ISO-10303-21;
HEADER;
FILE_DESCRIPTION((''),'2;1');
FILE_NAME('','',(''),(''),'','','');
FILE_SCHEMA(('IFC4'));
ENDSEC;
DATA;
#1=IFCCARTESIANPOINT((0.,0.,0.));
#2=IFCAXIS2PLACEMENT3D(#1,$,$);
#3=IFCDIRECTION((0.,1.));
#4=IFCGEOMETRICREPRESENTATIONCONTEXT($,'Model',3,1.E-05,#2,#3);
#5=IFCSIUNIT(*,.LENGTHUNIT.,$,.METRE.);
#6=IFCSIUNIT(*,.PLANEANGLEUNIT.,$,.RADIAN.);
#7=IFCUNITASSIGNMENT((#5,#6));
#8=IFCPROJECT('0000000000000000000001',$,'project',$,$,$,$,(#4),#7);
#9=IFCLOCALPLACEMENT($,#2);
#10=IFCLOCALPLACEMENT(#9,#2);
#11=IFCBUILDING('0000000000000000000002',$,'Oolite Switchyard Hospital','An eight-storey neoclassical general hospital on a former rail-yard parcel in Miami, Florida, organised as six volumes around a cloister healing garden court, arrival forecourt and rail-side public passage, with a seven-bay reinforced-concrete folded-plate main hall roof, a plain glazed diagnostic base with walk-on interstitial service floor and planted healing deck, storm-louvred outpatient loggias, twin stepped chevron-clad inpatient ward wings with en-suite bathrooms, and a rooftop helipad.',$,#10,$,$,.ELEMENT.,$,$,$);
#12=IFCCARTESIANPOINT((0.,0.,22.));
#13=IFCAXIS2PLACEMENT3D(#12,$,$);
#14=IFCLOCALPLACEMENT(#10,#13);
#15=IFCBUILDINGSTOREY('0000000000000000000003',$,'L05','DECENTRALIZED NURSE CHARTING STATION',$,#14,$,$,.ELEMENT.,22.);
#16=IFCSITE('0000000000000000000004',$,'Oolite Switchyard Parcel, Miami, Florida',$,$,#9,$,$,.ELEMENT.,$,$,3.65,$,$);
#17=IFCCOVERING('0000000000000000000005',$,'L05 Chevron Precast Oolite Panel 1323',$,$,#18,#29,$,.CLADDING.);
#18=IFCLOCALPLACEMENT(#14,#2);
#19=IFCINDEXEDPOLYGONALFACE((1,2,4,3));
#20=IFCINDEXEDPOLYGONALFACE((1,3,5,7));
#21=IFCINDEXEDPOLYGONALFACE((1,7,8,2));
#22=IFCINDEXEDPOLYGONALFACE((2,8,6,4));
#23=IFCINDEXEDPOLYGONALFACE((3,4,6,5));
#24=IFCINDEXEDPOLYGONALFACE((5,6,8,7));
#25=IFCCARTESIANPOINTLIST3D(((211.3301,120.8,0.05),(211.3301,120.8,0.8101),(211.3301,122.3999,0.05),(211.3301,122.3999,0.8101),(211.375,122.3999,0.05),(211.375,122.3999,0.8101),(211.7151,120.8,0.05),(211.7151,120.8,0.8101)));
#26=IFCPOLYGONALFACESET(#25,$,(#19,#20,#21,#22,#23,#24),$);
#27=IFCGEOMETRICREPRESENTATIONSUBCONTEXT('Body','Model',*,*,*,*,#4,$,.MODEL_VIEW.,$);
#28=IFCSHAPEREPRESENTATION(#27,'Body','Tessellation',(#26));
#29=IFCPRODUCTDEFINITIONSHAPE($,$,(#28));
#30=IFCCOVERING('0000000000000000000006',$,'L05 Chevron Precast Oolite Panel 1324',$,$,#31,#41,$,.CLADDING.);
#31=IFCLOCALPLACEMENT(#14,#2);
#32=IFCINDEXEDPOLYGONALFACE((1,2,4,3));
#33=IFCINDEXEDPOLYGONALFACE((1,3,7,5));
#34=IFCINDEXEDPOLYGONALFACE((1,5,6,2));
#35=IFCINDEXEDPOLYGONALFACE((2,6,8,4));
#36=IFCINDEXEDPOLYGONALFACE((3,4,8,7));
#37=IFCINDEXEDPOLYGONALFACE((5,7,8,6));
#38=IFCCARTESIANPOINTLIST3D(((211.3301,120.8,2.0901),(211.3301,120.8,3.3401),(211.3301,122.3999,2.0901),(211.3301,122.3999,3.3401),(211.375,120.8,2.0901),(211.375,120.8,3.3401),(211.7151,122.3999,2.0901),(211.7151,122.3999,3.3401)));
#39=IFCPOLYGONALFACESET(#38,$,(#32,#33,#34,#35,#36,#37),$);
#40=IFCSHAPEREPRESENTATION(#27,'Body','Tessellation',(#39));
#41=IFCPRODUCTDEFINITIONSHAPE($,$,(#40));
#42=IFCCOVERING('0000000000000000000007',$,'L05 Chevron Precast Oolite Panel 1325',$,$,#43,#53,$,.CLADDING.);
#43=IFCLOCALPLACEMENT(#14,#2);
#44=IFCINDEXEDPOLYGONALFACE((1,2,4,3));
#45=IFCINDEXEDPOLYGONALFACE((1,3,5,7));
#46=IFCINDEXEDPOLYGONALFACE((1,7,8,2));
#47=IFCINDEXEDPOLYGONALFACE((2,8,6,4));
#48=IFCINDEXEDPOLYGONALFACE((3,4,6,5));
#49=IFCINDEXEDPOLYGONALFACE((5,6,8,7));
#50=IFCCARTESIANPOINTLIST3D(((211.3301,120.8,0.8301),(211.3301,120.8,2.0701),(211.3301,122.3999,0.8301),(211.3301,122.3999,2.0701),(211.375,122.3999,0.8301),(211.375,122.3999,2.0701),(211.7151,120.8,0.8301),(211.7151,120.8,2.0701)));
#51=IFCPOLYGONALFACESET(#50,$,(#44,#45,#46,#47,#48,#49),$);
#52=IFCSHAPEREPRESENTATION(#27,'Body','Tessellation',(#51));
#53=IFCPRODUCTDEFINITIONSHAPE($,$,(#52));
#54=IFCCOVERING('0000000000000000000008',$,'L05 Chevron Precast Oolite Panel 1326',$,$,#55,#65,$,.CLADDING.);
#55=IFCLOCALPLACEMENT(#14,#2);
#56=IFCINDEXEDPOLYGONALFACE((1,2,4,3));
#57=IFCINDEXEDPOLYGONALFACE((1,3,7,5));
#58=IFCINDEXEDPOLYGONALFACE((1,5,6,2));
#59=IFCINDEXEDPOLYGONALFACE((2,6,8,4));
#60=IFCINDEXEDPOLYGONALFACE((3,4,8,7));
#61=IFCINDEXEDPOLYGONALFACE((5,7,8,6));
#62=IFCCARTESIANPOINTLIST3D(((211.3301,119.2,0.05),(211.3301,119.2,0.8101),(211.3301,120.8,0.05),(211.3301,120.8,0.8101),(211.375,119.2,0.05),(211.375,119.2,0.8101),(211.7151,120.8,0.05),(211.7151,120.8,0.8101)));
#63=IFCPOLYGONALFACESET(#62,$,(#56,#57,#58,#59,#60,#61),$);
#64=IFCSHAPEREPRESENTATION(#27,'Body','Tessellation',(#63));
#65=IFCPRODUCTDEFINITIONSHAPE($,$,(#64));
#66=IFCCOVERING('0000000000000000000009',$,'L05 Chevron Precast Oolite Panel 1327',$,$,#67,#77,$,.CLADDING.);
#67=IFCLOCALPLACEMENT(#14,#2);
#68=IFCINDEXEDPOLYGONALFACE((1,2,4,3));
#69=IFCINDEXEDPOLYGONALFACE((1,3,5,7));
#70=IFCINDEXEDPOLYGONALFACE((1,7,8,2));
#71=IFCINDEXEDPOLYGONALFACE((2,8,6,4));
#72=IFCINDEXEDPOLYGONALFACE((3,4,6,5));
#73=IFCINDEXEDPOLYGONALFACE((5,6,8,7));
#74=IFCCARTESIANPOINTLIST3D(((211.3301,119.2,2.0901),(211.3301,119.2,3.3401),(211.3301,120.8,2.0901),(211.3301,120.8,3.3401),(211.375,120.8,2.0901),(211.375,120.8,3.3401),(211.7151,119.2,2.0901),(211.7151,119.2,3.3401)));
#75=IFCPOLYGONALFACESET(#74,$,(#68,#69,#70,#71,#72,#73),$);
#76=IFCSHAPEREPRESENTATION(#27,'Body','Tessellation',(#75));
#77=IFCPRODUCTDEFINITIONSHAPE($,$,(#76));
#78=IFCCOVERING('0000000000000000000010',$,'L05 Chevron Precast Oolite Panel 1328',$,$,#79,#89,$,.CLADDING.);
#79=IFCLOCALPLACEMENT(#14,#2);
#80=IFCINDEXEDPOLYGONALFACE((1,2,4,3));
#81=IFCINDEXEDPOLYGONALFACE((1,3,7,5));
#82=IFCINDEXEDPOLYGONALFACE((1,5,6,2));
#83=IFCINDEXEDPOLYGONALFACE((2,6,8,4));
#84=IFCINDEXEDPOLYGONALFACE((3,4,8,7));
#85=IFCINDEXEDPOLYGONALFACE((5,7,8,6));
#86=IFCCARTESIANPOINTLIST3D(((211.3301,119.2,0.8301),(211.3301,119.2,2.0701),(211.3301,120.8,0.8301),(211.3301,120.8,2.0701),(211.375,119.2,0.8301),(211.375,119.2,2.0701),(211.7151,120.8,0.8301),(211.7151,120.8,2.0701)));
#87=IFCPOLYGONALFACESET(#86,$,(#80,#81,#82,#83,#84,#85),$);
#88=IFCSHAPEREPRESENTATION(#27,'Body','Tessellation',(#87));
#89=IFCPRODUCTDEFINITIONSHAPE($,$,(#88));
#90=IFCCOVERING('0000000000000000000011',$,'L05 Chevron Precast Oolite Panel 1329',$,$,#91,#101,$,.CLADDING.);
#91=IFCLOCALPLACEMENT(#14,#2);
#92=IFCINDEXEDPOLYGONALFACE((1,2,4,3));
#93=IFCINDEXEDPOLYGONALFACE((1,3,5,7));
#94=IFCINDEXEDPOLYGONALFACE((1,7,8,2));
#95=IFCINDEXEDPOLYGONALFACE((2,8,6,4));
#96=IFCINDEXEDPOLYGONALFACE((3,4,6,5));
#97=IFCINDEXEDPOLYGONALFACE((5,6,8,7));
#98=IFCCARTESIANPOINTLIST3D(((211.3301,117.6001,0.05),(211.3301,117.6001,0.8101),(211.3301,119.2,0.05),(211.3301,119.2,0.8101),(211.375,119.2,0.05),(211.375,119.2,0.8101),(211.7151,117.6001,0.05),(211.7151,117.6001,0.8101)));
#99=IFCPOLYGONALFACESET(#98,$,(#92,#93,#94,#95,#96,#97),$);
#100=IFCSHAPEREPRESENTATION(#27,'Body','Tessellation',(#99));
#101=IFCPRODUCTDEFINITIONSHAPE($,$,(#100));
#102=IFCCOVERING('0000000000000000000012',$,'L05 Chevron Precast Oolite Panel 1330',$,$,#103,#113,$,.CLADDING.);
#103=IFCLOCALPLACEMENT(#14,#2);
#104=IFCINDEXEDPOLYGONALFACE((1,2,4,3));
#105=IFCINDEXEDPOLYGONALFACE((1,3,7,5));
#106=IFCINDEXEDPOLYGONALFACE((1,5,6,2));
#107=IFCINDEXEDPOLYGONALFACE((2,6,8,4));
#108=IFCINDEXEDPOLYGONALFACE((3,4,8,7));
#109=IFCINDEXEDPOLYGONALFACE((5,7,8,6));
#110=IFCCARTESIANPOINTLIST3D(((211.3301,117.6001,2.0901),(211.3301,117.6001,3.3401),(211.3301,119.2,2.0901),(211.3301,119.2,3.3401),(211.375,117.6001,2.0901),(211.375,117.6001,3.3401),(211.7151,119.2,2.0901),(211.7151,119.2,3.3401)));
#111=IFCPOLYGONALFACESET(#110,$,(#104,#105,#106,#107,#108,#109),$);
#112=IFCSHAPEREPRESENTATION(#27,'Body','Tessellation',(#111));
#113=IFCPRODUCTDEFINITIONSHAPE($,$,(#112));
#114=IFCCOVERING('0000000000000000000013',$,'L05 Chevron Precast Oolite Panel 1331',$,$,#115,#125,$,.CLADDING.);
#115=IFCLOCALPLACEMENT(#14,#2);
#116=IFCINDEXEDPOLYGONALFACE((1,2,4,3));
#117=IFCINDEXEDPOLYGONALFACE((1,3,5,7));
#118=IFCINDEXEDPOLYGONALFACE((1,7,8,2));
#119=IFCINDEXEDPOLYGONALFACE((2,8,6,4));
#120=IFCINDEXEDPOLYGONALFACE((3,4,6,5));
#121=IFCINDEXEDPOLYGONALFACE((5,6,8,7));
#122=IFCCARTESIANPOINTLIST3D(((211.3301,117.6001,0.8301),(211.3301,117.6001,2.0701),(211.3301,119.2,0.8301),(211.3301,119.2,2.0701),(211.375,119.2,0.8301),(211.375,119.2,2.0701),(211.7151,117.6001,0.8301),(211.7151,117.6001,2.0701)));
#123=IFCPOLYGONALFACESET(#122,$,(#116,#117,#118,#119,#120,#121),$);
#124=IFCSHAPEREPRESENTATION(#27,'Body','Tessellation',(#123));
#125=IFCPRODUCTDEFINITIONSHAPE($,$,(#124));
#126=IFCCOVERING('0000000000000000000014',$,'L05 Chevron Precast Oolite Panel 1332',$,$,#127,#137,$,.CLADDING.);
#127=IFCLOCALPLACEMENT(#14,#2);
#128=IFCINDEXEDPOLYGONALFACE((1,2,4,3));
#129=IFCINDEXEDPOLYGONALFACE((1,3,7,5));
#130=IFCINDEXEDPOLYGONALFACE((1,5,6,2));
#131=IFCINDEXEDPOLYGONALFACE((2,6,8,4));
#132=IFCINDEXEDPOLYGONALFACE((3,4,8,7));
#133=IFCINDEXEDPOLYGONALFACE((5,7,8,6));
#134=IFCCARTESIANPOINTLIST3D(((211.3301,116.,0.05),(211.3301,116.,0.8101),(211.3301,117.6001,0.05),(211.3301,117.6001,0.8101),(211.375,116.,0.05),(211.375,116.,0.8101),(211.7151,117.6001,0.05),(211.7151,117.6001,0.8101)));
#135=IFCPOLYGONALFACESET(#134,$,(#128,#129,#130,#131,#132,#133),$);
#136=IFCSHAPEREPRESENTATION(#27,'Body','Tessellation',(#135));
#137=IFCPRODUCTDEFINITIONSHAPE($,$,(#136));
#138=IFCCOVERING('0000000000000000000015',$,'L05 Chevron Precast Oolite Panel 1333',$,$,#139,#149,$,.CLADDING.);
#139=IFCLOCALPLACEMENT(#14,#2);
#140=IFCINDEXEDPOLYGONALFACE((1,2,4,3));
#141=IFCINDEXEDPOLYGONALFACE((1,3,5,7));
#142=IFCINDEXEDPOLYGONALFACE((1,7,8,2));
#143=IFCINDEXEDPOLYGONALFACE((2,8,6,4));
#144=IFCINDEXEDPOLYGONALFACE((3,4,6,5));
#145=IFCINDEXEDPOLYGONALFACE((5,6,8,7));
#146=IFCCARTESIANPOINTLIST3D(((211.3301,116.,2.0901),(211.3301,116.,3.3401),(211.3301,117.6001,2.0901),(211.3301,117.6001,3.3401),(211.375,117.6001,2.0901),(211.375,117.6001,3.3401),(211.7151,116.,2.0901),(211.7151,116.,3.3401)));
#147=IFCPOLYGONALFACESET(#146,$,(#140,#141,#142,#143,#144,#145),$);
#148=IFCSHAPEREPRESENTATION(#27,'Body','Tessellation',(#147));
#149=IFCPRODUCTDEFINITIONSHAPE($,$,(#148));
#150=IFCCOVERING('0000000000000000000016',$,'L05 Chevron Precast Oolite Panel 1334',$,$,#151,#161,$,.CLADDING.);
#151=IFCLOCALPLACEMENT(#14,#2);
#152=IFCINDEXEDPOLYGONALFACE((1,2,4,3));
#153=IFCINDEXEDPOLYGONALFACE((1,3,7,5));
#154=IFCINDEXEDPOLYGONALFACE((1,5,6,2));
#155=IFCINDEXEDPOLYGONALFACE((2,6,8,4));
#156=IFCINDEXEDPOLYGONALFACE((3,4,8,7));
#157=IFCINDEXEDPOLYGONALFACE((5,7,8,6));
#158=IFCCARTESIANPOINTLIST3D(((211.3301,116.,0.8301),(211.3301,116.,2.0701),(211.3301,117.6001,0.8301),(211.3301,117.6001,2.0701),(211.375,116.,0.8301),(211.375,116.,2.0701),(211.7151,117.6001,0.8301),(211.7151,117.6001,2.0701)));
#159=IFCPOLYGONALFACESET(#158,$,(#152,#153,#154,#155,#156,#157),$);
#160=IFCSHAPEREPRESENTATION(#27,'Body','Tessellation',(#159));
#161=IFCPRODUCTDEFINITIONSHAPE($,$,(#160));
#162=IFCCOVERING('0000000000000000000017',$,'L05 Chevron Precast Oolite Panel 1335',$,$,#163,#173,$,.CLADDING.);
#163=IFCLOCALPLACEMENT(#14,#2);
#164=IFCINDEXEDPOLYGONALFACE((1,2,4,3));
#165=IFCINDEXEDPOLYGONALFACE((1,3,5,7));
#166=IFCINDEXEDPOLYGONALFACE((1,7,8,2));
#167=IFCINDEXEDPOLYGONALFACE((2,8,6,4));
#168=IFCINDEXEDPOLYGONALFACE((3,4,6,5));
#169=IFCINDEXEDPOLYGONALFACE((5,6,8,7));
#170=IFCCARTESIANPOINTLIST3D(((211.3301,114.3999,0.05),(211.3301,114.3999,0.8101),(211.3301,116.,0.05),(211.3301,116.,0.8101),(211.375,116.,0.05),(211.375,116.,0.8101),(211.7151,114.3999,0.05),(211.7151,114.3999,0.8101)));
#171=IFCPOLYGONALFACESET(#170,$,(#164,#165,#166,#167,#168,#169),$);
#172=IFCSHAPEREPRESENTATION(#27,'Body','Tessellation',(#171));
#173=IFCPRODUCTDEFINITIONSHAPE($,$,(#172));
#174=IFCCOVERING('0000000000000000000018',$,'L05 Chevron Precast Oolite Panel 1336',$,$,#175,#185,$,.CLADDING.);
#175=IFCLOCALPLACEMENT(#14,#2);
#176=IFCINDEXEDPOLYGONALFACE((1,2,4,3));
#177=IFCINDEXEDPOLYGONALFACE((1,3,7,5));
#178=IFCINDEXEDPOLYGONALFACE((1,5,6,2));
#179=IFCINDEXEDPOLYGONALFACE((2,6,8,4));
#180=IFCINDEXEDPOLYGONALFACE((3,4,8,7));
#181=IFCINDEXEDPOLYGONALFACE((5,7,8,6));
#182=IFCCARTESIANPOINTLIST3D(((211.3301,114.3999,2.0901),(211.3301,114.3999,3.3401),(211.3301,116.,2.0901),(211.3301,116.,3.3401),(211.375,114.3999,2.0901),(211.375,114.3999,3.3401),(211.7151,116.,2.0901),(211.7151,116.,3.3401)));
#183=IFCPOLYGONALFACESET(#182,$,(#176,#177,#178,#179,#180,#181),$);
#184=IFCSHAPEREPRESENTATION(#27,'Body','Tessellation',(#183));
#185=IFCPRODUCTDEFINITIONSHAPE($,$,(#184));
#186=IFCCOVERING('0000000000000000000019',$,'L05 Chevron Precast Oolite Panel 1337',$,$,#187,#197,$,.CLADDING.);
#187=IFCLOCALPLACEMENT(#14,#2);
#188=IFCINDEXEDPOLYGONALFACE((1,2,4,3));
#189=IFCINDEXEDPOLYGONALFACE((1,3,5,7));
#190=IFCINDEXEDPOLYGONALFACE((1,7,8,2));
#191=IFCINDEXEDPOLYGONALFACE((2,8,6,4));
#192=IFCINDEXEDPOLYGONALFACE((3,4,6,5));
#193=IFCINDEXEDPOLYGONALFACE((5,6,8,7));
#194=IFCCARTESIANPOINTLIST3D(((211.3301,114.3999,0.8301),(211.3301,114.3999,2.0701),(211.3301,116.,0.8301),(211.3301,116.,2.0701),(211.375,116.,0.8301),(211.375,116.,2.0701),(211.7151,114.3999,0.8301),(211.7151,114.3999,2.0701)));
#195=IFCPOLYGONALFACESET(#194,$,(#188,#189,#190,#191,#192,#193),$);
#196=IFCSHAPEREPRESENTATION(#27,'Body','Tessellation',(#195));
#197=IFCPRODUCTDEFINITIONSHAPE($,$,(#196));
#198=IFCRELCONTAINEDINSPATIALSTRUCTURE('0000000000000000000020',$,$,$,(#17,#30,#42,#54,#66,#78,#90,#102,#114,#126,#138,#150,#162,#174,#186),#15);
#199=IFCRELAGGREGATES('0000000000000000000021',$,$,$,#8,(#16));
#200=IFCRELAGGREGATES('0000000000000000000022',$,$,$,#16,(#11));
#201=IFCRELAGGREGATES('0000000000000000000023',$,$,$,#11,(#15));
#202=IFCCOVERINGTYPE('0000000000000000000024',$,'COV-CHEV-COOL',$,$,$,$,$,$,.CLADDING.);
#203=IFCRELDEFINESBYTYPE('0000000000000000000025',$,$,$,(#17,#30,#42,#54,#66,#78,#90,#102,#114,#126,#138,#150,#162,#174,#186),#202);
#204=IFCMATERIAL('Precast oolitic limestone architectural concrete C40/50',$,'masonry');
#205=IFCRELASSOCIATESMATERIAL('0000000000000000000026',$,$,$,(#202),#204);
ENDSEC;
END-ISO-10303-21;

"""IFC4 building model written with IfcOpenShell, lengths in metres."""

from ifc_helpers import new_model, si_unit, direction, frame, origin, place, context, subcontext, project, spatial, polyline, outline, extrude, material, type_object, element, save


model = new_model("IFC4")

# Units and contexts
model_context = context("Model", 3, precision=1e-05, world=origin(), true_north=direction((0.0, 1.0)))
body_context = subcontext(model_context, "Body", "Model", "MODEL_VIEW")
ifc_project = project(units=[si_unit("LENGTHUNIT", "METRE"), si_unit("PLANEANGLEUNIT", "RADIAN")], contexts=[model_context])

# Site, building, storey
site_placement = place(None, origin())
site = spatial("IfcSite", under=ifc_project, at=site_placement, Name="Oolite Switchyard Parcel, Miami, Florida", CompositionType="ELEMENT", RefElevation=3.65)
building_placement = place(site_placement, origin())
building = spatial("IfcBuilding", under=site, at=building_placement, Name="Oolite Switchyard Hospital", Description="An eight-storey neoclassical general hospital on a former rail-yard parcel in Miami, Florida, organised as six volumes around a cloister healing garden court, arrival forecourt and rail-side public passage, with a seven-bay reinforced-concrete folded-plate main hall roof, a plain glazed diagnostic base with walk-on interstitial service floor and planted healing deck, storm-louvred outpatient loggias, twin stepped chevron-clad inpatient ward wings with en-suite bathrooms, and a rooftop helipad.", CompositionType="ELEMENT")
storey_placement = place(building_placement, frame((0.0, 0.0, 22.0)))
storey = spatial("IfcBuildingStorey", under=building, at=storey_placement, Name="L05", Description="DECENTRALIZED NURSE CHARTING STATION", CompositionType="ELEMENT", Elevation=22.0)

# Coverings
ifc_material = material(Name="Precast oolitic limestone architectural concrete C40/50", Category="masonry")
covering_type = type_object("IfcCoveringType", Name="COV-CHEV-COOL", PredefinedType="CLADDING", material=ifc_material)
covering_1_placement = place(storey_placement, frame((211.3301, 122.3999, 0.05), z_axis=(0.0, 0.0, 1.0), x_axis=(0.0, -1.0, 0.0)))
element("IfcCovering", 1, at=covering_1_placement, inside=storey, type_object=covering_type, Name="L05 Chevron Precast Oolite Panel 1323", PredefinedType="CLADDING", context=body_context, shape_type="SweptSolid", body=[
    extrude(outline(polyline([(0.0, 0.0), (1.5999, 0.0), (1.5999, 0.385), (0.0, 0.0449), (0.0, 0.0)])), origin(), (0.0, 0.0, 1.0), 0.76),
])
covering_2_placement = place(storey_placement, frame((211.3301, 122.3999, 2.0901), z_axis=(0.0, 0.0, 1.0), x_axis=(0.0, -1.0, 0.0)))
element("IfcCovering", 2, at=covering_2_placement, inside=storey, type_object=covering_type, Name="L05 Chevron Precast Oolite Panel 1324", PredefinedType="CLADDING", context=body_context, shape_type="SweptSolid", body=[
    extrude(outline(polyline([(0.0, 0.0), (1.5999, 0.0), (1.5999, 0.0449), (0.0, 0.385), (0.0, 0.0)])), origin(), (0.0, 0.0, 1.0), 1.25),
])
covering_3_placement = place(storey_placement, frame((211.3301, 122.3999, 0.8301), z_axis=(0.0, 0.0, 1.0), x_axis=(0.0, -1.0, 0.0)))
element("IfcCovering", 3, at=covering_3_placement, inside=storey, type_object=covering_type, Name="L05 Chevron Precast Oolite Panel 1325", PredefinedType="CLADDING", context=body_context, shape_type="SweptSolid", body=[
    extrude(outline(polyline([(0.0, 0.0), (1.5999, 0.0), (1.5999, 0.385), (0.0, 0.0449), (0.0, 0.0)])), origin(), (0.0, 0.0, 1.0), 1.24),
])
covering_4_placement = place(storey_placement, frame((211.3301, 120.8, 0.05), z_axis=(0.0, 0.0, 1.0), x_axis=(0.0, -1.0, 0.0)))
element("IfcCovering", 4, at=covering_4_placement, inside=storey, type_object=covering_type, Name="L05 Chevron Precast Oolite Panel 1326", PredefinedType="CLADDING", context=body_context, shape_type="SweptSolid", body=[
    extrude(outline(polyline([(0.0, 0.0), (1.6001, 0.0), (1.6001, 0.0449), (0.0, 0.385), (0.0, 0.0)])), origin(), (0.0, 0.0, 1.0), 0.76),
])
covering_5_placement = place(storey_placement, frame((211.3301, 120.8, 2.0901), z_axis=(0.0, 0.0, 1.0), x_axis=(0.0, -1.0, 0.0)))
element("IfcCovering", 5, at=covering_5_placement, inside=storey, type_object=covering_type, Name="L05 Chevron Precast Oolite Panel 1327", PredefinedType="CLADDING", context=body_context, shape_type="SweptSolid", body=[
    extrude(outline(polyline([(0.0, 0.0), (1.6001, 0.0), (1.6001, 0.385), (0.0, 0.0449), (0.0, 0.0)])), origin(), (0.0, 0.0, 1.0), 1.25),
])
covering_6_placement = place(storey_placement, frame((211.3301, 120.8, 0.8301), z_axis=(0.0, 0.0, 1.0), x_axis=(0.0, -1.0, 0.0)))
element("IfcCovering", 6, at=covering_6_placement, inside=storey, type_object=covering_type, Name="L05 Chevron Precast Oolite Panel 1328", PredefinedType="CLADDING", context=body_context, shape_type="SweptSolid", body=[
    extrude(outline(polyline([(0.0, 0.0), (1.6001, 0.0), (1.6001, 0.0449), (0.0, 0.385), (0.0, 0.0)])), origin(), (0.0, 0.0, 1.0), 1.24),
])
covering_7_placement = place(storey_placement, frame((211.3301, 119.2, 0.05), z_axis=(0.0, 0.0, 1.0), x_axis=(0.0, -1.0, 0.0)))
element("IfcCovering", 7, at=covering_7_placement, inside=storey, type_object=covering_type, Name="L05 Chevron Precast Oolite Panel 1329", PredefinedType="CLADDING", context=body_context, shape_type="SweptSolid", body=[
    extrude(outline(polyline([(0.0, 0.0), (1.5999, 0.0), (1.5999, 0.385), (0.0, 0.0449), (0.0, 0.0)])), origin(), (0.0, 0.0, 1.0), 0.76),
])
covering_8_placement = place(storey_placement, frame((211.3301, 119.2, 2.0901), z_axis=(0.0, 0.0, 1.0), x_axis=(0.0, -1.0, 0.0)))
element("IfcCovering", 8, at=covering_8_placement, inside=storey, type_object=covering_type, Name="L05 Chevron Precast Oolite Panel 1330", PredefinedType="CLADDING", context=body_context, shape_type="SweptSolid", body=[
    extrude(outline(polyline([(0.0, 0.0), (1.5999, 0.0), (1.5999, 0.0449), (0.0, 0.385), (0.0, 0.0)])), origin(), (0.0, 0.0, 1.0), 1.25),
])
covering_9_placement = place(storey_placement, frame((211.3301, 119.2, 0.8301), z_axis=(0.0, 0.0, 1.0), x_axis=(0.0, -1.0, 0.0)))
element("IfcCovering", 9, at=covering_9_placement, inside=storey, type_object=covering_type, Name="L05 Chevron Precast Oolite Panel 1331", PredefinedType="CLADDING", context=body_context, shape_type="SweptSolid", body=[
    extrude(outline(polyline([(0.0, 0.0), (1.5999, 0.0), (1.5999, 0.385), (0.0, 0.0449), (0.0, 0.0)])), origin(), (0.0, 0.0, 1.0), 1.24),
])
covering_10_placement = place(storey_placement, frame((211.3301, 117.6001, 0.05), z_axis=(0.0, 0.0, 1.0), x_axis=(0.0, -1.0, 0.0)))
element("IfcCovering", 10, at=covering_10_placement, inside=storey, type_object=covering_type, Name="L05 Chevron Precast Oolite Panel 1332", PredefinedType="CLADDING", context=body_context, shape_type="SweptSolid", body=[
    extrude(outline(polyline([(0.0, 0.0), (1.6001, 0.0), (1.6001, 0.0449), (0.0, 0.385), (0.0, 0.0)])), origin(), (0.0, 0.0, 1.0), 0.76),
])
covering_11_placement = place(storey_placement, frame((211.3301, 117.6001, 2.0901), z_axis=(0.0, 0.0, 1.0), x_axis=(0.0, -1.0, 0.0)))
element("IfcCovering", 11, at=covering_11_placement, inside=storey, type_object=covering_type, Name="L05 Chevron Precast Oolite Panel 1333", PredefinedType="CLADDING", context=body_context, shape_type="SweptSolid", body=[
    extrude(outline(polyline([(0.0, 0.0), (1.6001, 0.0), (1.6001, 0.385), (0.0, 0.0449), (0.0, 0.0)])), origin(), (0.0, 0.0, 1.0), 1.25),
])
covering_12_placement = place(storey_placement, frame((211.3301, 117.6001, 0.8301), z_axis=(0.0, 0.0, 1.0), x_axis=(0.0, -1.0, 0.0)))
element("IfcCovering", 12, at=covering_12_placement, inside=storey, type_object=covering_type, Name="L05 Chevron Precast Oolite Panel 1334", PredefinedType="CLADDING", context=body_context, shape_type="SweptSolid", body=[
    extrude(outline(polyline([(0.0, 0.0), (1.6001, 0.0), (1.6001, 0.0449), (0.0, 0.385), (0.0, 0.0)])), origin(), (0.0, 0.0, 1.0), 1.24),
])
covering_13_placement = place(storey_placement, frame((211.3301, 116.0, 0.05), z_axis=(0.0, 0.0, 1.0), x_axis=(0.0, -1.0, 0.0)))
element("IfcCovering", 13, at=covering_13_placement, inside=storey, type_object=covering_type, Name="L05 Chevron Precast Oolite Panel 1335", PredefinedType="CLADDING", context=body_context, shape_type="SweptSolid", body=[
    extrude(outline(polyline([(0.0, 0.0), (1.6001, 0.0), (1.6001, 0.385), (0.0, 0.0449), (0.0, 0.0)])), origin(), (0.0, 0.0, 1.0), 0.76),
])
covering_14_placement = place(storey_placement, frame((211.3301, 116.0, 2.0901), z_axis=(0.0, 0.0, 1.0), x_axis=(0.0, -1.0, 0.0)))
element("IfcCovering", 14, at=covering_14_placement, inside=storey, type_object=covering_type, Name="L05 Chevron Precast Oolite Panel 1336", PredefinedType="CLADDING", context=body_context, shape_type="SweptSolid", body=[
    extrude(outline(polyline([(0.0, 0.0), (1.6001, 0.0), (1.6001, 0.0449), (0.0, 0.385), (0.0, 0.0)])), origin(), (0.0, 0.0, 1.0), 1.25),
])
covering_15_placement = place(storey_placement, frame((211.3301, 116.0, 0.8301), z_axis=(0.0, 0.0, 1.0), x_axis=(0.0, -1.0, 0.0)))
element("IfcCovering", 15, at=covering_15_placement, inside=storey, type_object=covering_type, Name="L05 Chevron Precast Oolite Panel 1337", PredefinedType="CLADDING", context=body_context, shape_type="SweptSolid", body=[
    extrude(outline(polyline([(0.0, 0.0), (1.6001, 0.0), (1.6001, 0.385), (0.0, 0.0449), (0.0, 0.0)])), origin(), (0.0, 0.0, 1.0), 1.24),
])

save(model, "model.ifc")
